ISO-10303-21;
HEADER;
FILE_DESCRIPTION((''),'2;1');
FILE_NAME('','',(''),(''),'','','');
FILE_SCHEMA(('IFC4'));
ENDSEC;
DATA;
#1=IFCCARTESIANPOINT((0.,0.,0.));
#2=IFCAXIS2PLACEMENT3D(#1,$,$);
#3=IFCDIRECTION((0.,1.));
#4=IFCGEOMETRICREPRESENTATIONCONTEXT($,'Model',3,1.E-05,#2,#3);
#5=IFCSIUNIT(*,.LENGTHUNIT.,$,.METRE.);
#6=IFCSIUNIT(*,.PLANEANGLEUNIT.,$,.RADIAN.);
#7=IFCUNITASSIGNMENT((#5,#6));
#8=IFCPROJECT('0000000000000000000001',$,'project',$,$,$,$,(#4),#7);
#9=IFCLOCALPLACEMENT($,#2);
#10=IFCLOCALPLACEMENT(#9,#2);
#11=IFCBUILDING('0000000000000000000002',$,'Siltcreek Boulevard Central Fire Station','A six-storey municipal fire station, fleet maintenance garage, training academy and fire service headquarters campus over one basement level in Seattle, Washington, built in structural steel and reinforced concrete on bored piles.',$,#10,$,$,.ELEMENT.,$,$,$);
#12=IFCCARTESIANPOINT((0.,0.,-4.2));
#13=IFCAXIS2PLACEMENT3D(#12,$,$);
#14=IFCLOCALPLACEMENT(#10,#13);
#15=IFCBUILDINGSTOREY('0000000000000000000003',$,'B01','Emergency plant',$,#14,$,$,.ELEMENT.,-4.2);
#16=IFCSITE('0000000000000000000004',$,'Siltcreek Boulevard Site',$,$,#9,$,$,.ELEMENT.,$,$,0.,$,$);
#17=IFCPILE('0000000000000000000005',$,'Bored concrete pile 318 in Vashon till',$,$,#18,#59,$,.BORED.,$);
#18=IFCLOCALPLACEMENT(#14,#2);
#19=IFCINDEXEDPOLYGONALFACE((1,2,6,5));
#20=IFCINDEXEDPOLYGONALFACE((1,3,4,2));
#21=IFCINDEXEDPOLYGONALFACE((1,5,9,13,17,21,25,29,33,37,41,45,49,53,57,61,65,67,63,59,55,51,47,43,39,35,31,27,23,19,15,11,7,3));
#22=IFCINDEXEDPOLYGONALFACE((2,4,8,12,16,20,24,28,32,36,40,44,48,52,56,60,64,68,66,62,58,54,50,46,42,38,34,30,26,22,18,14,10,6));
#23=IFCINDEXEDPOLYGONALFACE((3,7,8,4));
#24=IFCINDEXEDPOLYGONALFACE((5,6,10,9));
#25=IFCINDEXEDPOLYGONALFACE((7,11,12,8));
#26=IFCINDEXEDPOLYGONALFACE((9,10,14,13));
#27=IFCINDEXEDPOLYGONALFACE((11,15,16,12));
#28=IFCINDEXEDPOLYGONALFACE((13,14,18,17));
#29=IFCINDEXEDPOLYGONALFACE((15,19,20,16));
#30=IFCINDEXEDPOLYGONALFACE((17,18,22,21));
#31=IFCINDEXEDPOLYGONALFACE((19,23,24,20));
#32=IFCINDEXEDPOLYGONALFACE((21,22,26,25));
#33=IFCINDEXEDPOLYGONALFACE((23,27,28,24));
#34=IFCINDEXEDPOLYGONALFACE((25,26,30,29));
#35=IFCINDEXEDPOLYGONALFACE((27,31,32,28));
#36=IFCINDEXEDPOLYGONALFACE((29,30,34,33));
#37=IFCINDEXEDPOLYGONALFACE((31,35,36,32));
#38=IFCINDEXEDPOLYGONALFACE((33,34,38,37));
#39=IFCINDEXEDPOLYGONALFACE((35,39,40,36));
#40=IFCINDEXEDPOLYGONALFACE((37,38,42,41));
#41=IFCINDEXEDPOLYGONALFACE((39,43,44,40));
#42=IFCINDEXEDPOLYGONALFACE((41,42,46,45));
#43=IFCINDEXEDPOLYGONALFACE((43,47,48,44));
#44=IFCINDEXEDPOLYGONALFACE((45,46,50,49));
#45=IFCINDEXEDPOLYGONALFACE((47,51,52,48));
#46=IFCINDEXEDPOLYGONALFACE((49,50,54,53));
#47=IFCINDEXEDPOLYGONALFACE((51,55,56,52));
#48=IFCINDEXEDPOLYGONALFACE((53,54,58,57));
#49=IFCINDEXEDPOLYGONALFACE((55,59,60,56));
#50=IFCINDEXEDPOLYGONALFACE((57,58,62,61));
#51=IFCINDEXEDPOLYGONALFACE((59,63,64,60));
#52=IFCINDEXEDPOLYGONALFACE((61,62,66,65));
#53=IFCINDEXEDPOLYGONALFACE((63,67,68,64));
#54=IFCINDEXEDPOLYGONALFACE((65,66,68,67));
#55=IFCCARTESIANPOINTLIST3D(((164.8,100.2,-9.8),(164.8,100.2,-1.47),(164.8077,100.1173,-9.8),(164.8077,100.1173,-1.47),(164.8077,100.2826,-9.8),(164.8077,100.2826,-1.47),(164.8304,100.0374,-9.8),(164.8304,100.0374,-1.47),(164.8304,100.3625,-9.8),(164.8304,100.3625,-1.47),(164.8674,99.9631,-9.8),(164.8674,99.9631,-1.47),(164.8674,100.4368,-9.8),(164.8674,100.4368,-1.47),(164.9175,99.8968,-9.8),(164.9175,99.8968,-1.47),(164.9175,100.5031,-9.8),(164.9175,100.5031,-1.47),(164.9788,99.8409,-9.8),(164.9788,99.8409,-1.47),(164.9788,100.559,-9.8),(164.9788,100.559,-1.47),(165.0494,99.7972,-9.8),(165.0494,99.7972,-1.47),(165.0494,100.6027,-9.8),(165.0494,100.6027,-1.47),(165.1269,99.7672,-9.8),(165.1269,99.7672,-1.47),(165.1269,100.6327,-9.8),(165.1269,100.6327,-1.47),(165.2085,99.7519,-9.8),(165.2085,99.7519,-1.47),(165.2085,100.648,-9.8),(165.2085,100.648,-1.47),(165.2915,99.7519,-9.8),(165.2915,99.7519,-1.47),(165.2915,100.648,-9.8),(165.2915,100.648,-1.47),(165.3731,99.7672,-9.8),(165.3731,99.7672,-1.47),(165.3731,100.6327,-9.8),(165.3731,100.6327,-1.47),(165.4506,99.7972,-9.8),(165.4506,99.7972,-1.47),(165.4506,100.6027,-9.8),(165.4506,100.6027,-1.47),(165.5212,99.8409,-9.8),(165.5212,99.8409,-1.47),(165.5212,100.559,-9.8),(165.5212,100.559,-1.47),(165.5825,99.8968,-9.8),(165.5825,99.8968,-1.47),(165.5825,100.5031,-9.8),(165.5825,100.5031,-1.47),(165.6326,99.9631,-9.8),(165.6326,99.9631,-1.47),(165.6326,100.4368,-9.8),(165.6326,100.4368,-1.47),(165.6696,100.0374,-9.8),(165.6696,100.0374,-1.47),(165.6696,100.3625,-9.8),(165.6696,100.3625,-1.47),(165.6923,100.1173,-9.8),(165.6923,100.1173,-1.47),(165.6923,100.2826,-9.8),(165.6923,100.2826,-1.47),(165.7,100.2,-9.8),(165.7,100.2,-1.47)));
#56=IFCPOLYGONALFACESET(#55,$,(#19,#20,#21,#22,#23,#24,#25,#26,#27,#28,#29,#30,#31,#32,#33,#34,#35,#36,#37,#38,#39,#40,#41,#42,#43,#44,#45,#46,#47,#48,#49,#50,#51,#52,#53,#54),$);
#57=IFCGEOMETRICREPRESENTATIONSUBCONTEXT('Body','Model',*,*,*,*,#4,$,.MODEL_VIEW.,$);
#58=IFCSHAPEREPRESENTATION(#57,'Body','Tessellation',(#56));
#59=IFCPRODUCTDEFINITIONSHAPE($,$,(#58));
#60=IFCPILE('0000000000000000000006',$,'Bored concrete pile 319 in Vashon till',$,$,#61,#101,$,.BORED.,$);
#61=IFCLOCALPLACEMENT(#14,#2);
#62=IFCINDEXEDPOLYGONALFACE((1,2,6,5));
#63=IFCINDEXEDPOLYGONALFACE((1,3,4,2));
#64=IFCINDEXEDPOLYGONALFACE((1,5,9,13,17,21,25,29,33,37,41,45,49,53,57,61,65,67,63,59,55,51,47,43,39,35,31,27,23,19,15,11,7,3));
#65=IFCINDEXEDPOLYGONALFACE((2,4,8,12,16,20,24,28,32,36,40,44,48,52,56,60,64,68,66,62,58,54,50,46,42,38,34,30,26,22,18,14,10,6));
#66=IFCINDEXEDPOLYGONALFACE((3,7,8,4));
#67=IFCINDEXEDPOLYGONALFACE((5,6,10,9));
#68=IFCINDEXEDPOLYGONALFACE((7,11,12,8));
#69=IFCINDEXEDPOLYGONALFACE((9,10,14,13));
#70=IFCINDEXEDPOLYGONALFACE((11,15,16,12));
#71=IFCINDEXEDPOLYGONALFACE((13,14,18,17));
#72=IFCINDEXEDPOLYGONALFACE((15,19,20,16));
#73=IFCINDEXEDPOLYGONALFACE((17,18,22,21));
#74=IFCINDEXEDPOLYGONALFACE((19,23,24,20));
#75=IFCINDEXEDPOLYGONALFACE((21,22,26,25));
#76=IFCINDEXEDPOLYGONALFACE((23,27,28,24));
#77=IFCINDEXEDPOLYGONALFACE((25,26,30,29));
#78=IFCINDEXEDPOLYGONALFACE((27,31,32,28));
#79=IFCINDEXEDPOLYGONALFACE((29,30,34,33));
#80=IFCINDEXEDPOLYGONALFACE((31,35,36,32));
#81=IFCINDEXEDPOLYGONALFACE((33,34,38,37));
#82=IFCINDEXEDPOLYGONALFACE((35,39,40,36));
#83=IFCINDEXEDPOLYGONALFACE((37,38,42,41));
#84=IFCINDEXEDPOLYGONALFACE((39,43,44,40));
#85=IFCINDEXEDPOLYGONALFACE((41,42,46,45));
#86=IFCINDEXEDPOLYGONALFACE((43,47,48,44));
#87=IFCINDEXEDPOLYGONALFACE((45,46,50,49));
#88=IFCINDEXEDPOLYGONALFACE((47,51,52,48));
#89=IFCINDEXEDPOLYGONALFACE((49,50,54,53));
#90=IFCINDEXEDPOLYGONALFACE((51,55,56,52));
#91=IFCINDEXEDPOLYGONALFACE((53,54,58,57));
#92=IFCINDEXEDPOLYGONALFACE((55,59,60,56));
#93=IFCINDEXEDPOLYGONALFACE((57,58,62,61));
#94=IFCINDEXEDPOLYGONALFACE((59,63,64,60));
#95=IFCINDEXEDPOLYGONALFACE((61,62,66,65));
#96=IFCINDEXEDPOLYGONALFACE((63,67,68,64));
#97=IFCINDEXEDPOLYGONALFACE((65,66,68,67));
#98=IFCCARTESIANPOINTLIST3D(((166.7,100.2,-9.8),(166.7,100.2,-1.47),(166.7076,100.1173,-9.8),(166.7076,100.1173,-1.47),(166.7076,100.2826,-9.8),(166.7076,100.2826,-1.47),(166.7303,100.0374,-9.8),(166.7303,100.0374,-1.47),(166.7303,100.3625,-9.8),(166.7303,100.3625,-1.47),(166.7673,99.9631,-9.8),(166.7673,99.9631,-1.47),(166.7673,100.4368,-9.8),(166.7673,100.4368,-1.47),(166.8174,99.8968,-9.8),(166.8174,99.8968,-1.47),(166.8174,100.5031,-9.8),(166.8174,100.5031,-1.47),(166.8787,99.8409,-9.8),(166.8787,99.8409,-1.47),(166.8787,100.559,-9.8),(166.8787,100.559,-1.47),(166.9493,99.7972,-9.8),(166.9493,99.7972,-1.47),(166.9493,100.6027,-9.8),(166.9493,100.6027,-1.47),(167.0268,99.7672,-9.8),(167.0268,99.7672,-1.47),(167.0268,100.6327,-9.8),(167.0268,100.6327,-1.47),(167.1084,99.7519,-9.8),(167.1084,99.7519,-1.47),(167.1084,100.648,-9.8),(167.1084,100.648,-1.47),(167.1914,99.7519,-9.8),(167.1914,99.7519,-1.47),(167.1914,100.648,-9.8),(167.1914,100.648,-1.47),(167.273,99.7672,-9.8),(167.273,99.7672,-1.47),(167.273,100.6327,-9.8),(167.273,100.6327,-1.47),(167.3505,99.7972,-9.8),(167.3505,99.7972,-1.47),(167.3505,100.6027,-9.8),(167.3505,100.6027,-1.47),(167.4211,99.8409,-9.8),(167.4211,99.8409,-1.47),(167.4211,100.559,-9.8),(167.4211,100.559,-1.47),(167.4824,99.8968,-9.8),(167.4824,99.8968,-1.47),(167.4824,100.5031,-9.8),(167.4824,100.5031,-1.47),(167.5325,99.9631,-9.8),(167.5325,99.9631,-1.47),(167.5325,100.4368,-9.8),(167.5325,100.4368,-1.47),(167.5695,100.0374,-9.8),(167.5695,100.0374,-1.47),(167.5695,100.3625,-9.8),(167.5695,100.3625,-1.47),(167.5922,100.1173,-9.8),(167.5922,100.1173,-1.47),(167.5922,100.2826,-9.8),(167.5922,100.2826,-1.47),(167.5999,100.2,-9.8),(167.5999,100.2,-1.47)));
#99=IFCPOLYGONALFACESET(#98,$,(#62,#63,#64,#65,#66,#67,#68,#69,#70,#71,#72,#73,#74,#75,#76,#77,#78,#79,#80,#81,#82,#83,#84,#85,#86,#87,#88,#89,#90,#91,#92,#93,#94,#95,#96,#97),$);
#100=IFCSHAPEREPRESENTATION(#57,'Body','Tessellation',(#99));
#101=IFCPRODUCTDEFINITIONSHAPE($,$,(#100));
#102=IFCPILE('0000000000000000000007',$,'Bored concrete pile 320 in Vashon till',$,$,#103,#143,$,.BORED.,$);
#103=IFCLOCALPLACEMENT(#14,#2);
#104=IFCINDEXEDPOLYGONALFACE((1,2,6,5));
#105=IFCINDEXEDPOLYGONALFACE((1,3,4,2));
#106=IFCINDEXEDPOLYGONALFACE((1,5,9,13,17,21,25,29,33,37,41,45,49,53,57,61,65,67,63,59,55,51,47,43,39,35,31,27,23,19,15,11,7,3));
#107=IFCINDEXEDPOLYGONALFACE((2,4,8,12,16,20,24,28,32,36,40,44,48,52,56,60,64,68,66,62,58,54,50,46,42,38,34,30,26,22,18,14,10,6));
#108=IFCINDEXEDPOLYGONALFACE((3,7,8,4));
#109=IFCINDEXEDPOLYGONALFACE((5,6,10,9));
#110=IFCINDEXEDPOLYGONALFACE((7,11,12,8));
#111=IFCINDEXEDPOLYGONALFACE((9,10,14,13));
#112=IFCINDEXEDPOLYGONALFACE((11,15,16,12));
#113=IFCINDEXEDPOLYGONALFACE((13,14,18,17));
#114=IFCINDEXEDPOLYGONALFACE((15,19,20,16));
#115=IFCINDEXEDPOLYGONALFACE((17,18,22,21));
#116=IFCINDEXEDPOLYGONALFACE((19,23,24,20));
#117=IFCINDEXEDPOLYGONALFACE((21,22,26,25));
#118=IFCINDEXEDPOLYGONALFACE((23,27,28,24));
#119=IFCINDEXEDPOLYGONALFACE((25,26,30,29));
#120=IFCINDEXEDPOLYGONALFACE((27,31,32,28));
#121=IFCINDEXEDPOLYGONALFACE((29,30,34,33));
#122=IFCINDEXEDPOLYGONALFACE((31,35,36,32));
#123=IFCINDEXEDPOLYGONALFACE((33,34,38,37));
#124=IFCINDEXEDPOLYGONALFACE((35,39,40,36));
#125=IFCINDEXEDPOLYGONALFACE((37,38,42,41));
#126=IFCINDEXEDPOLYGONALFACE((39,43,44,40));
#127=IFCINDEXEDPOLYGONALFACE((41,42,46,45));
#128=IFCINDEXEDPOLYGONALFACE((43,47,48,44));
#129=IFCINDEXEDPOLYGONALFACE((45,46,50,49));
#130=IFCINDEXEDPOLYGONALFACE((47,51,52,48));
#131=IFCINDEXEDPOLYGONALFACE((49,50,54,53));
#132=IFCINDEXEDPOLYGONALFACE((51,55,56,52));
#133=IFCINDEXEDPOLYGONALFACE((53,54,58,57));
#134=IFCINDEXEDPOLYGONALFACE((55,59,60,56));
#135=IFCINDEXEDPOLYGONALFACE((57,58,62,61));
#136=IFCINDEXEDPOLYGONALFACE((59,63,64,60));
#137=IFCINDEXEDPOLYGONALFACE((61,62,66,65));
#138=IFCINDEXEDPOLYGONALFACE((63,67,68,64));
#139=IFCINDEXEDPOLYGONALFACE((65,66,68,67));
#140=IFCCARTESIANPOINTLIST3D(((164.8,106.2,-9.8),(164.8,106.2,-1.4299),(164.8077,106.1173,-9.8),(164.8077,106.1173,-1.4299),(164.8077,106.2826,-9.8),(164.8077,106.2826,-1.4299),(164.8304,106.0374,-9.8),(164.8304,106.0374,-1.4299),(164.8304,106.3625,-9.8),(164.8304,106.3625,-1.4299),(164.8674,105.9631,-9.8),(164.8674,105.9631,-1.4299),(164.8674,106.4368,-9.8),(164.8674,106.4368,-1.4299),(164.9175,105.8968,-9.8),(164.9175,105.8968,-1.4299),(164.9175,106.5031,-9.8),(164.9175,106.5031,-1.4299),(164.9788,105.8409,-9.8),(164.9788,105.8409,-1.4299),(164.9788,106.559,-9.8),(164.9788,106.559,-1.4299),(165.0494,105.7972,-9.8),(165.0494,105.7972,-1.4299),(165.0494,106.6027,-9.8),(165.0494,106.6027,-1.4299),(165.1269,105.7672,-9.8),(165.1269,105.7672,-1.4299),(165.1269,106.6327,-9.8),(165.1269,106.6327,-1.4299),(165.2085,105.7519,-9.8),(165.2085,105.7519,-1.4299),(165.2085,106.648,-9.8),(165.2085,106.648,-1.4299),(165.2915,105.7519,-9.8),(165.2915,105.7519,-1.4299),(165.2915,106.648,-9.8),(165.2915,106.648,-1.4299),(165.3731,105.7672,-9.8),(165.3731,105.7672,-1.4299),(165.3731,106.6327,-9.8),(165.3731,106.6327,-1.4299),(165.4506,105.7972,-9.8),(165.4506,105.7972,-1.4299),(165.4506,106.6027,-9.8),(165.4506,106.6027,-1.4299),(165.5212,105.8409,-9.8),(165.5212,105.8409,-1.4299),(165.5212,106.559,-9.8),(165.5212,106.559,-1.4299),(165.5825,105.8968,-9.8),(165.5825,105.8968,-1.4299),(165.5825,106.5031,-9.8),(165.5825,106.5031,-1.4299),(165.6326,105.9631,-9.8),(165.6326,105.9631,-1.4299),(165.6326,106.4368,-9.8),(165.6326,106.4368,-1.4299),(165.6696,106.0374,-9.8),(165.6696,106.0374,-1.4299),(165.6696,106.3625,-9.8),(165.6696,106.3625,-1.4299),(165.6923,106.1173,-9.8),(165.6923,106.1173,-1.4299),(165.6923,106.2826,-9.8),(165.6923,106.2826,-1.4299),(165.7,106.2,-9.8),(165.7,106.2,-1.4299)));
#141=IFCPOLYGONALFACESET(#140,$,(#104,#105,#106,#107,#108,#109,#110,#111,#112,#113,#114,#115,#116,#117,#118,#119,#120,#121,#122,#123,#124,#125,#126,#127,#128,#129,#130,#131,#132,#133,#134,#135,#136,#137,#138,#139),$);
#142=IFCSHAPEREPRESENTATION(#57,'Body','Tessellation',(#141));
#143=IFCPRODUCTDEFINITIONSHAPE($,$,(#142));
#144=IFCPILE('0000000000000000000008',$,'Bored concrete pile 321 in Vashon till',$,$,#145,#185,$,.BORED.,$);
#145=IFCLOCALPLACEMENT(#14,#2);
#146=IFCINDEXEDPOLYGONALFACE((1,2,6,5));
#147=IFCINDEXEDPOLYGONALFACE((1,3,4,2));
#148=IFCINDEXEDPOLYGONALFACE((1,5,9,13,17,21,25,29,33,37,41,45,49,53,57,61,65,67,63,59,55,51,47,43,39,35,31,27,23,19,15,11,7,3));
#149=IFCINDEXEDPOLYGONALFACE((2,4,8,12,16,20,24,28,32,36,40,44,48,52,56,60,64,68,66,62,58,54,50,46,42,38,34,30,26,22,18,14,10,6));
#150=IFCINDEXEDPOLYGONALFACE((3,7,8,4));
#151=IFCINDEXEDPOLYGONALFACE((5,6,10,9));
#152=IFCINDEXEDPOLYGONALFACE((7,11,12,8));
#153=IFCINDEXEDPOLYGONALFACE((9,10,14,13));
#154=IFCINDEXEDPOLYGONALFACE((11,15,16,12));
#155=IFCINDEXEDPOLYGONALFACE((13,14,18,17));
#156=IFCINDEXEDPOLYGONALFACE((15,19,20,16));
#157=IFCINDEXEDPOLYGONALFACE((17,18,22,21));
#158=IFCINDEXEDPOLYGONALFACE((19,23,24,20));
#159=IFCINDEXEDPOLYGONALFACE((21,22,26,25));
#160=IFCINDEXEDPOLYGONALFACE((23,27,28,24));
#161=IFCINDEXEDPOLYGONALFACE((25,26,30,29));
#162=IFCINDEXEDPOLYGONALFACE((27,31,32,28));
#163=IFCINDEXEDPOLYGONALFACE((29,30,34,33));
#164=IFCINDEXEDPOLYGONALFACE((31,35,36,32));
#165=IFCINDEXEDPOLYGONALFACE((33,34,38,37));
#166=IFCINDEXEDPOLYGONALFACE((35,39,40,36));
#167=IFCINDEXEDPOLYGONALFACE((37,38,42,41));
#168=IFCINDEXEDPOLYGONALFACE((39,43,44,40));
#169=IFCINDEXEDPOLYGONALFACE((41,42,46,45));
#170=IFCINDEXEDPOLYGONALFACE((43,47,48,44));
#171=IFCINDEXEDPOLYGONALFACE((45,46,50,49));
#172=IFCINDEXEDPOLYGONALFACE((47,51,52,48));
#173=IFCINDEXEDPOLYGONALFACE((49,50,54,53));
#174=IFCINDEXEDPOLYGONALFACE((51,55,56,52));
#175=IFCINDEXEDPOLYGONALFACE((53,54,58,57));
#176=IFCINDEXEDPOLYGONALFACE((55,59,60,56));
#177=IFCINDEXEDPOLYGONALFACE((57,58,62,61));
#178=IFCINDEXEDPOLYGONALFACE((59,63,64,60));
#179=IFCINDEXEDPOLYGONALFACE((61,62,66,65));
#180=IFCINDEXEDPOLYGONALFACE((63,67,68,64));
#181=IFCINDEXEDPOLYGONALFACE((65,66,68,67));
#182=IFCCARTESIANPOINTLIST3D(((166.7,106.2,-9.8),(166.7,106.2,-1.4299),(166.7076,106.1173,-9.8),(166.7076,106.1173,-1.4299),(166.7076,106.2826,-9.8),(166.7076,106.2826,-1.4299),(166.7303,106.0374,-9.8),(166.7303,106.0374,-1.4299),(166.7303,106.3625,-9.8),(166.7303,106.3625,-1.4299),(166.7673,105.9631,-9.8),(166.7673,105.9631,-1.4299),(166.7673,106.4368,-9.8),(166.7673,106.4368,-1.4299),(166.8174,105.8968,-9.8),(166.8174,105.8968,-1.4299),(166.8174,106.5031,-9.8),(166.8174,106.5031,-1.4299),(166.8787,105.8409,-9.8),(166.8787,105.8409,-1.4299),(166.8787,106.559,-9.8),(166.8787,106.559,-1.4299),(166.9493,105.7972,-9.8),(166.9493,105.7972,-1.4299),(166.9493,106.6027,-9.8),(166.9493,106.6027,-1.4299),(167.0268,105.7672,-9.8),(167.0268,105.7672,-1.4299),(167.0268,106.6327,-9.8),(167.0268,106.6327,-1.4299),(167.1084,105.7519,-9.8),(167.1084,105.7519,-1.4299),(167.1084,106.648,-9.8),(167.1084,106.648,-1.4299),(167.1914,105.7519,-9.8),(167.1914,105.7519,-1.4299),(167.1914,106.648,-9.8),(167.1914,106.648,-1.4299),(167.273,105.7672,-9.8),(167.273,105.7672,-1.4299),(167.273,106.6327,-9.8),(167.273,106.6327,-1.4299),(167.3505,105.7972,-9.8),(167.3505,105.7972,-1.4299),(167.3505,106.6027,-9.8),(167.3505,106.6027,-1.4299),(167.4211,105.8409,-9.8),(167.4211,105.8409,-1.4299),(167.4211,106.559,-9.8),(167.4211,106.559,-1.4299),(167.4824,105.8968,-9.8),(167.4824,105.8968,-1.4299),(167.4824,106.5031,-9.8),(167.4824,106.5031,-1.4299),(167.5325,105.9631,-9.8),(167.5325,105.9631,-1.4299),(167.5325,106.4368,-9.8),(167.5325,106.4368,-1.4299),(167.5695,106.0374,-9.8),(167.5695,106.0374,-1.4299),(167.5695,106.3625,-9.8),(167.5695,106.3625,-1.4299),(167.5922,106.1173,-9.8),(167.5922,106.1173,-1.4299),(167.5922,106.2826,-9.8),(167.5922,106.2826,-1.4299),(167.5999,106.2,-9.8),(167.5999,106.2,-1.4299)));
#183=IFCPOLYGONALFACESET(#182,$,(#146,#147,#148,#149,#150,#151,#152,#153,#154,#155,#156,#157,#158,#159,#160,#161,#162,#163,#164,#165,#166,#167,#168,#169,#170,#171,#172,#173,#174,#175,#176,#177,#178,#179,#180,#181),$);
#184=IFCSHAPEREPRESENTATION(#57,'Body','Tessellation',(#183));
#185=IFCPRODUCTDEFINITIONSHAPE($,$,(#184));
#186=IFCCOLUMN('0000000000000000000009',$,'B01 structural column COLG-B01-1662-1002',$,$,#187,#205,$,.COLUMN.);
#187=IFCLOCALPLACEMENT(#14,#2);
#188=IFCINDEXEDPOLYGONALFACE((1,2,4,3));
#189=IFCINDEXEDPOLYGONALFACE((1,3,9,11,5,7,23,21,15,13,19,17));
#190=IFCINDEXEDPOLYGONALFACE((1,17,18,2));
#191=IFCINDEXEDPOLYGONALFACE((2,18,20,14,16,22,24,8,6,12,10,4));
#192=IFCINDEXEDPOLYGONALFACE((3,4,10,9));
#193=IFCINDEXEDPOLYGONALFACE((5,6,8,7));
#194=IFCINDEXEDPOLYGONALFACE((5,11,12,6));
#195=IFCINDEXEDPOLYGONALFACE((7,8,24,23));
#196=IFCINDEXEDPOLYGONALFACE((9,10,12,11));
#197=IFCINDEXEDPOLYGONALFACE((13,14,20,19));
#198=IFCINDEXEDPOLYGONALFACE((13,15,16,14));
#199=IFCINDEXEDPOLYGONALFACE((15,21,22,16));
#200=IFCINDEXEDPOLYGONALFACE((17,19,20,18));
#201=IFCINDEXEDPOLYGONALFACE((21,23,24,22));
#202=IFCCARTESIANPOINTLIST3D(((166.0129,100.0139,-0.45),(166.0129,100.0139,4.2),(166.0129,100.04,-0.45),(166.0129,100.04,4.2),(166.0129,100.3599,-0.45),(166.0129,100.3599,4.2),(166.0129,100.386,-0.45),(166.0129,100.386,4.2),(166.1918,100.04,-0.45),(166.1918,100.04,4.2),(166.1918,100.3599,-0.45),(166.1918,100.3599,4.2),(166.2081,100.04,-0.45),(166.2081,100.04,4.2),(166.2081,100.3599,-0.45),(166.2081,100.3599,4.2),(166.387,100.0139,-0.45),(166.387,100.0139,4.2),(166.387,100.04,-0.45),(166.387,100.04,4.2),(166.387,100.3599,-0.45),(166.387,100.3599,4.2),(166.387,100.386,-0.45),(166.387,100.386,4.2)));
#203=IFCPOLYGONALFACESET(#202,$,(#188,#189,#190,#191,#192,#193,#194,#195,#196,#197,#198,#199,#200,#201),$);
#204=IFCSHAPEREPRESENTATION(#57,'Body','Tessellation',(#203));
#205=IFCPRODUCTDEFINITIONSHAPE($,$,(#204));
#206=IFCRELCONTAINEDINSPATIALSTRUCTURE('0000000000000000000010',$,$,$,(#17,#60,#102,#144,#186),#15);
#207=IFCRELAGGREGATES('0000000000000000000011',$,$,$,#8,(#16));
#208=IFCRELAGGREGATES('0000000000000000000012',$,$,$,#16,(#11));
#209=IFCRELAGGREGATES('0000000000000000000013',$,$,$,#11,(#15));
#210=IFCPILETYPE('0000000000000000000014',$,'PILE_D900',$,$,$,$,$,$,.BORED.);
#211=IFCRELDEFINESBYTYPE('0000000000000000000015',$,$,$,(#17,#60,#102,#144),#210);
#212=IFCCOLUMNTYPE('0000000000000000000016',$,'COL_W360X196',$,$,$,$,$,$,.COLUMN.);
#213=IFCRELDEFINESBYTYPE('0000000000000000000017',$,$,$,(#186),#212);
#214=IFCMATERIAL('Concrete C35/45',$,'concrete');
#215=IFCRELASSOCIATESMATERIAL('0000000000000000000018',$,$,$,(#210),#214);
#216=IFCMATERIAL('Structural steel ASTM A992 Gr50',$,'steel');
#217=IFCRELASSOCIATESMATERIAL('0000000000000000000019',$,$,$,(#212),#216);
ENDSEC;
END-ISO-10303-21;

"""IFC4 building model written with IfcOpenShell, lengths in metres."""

from ifc_helpers import new_model, si_unit, direction, frame, origin, origin_2d, place, context, subcontext, project, spatial, circle, i_section, extrude, material, material_profile, profile_set, type_object, element, save


model = new_model("IFC4")

# Units and contexts
model_context = context("Model", 3, precision=1e-05, world=origin(), true_north=direction((0.0, 1.0)))
body_context = subcontext(model_context, "Body", "Model", "MODEL_VIEW")
ifc_project = project(units=[si_unit("LENGTHUNIT", "METRE"), si_unit("PLANEANGLEUNIT", "RADIAN")], contexts=[model_context])

# Site, building, storey
site_placement = place(None, origin())
site = spatial("IfcSite", under=ifc_project, at=site_placement, Name="Siltcreek Boulevard Site", CompositionType="ELEMENT", RefElevation=0.0)
building_placement = place(site_placement, origin())
building = spatial("IfcBuilding", under=site, at=building_placement, Name="Siltcreek Boulevard Central Fire Station", Description="A six-storey municipal fire station, fleet maintenance garage, training academy and fire service headquarters campus over one basement level in Seattle, Washington, built in structural steel and reinforced concrete on bored piles.", CompositionType="ELEMENT")
storey_placement = place(building_placement, frame((0.0, 0.0, -4.2)))
storey = spatial("IfcBuildingStorey", under=building, at=storey_placement, Name="B01", Description="Emergency plant", CompositionType="ELEMENT", Elevation=-4.2)

# Shared definitions
ifc_material_1 = material(Name="Concrete C35/45", Category="concrete")

# Piles
ifc_material_profile_1 = material_profile(ifc_material_1, circle(Radius=0.45, at=origin_2d()), Name="SHAFT900")
ifc_profile_set_1 = profile_set([ifc_material_profile_1], Name="Concrete C35/45")
pile_type_1 = type_object("IfcPileType", Name="PILE_D900", PredefinedType="BORED", material=ifc_profile_set_1)
for number, where, z_axis, x_axis, name in (
    (1, (165.25, 100.2, -1.47), (0.0, 0.0, -1.0), (1.0, 0.0, 0.0), "Bored concrete pile 318 in Vashon till"),
    (2, (167.1499, 100.2, -1.47), (0.0, 0.0, -1.0), (1.0, 0.0, 0.0), "Bored concrete pile 319 in Vashon till"),
):
    element("IfcPile", number, at=place(storey_placement, frame(where, z_axis=z_axis, x_axis=x_axis)), inside=storey, type_object=pile_type_1, Name=name, PredefinedType="BORED", context=body_context, shape_type="SweptSolid", body=[
        extrude(circle(Radius=0.45, at=origin_2d()), origin(), (0.0, 0.0, 1.0), 8.3301),
    ])
for number, where, z_axis, x_axis, name in (
    (3, (165.25, 106.2, -1.4299), (0.0, 0.0, -1.0), (1.0, 0.0, 0.0), "Bored concrete pile 320 in Vashon till"),
    (4, (167.1499, 106.2, -1.4299), (0.0, 0.0, -1.0), (1.0, 0.0, 0.0), "Bored concrete pile 321 in Vashon till"),
):
    element("IfcPile", number, at=place(storey_placement, frame(where, z_axis=z_axis, x_axis=x_axis)), inside=storey, type_object=pile_type_1, Name=name, PredefinedType="BORED", context=body_context, shape_type="SweptSolid", body=[
        extrude(circle(Radius=0.45, at=origin_2d()), origin(), (0.0, 0.0, 1.0), 8.3701),
    ])

# Column
ifc_material_2 = material(Name="Structural steel ASTM A992 Gr50", Category="steel")
ifc_material_profile_2 = material_profile(ifc_material_2, i_section(OverallWidth=0.374, OverallDepth=0.3721, WebThickness=0.0164, FlangeThickness=0.0261, at=origin_2d()), Name="W360X196")
ifc_profile_set_2 = profile_set([ifc_material_profile_2], Name="Structural steel ASTM A992 Gr50")
column_type = type_object("IfcColumnType", Name="COL_W360X196", PredefinedType="COLUMN", material=ifc_profile_set_2)
for number, where, z_axis, x_axis, name in (
    (5, (166.2, 100.2, -0.45), (0.0, 0.0, 1.0), (1.0, 0.0, 0.0), "B01 structural column COLG-B01-1662-1002"),
):
    element("IfcColumn", number, at=place(storey_placement, frame(where, z_axis=z_axis, x_axis=x_axis)), inside=storey, type_object=column_type, Name=name, PredefinedType="COLUMN", context=body_context, shape_type="SweptSolid", body=[
        extrude(i_section(OverallWidth=0.374, OverallDepth=0.3721, WebThickness=0.0164, FlangeThickness=0.0261, at=origin_2d()), origin(), (0.0, 0.0, 1.0), 4.6499),
    ])

save(model, "model.ifc")
